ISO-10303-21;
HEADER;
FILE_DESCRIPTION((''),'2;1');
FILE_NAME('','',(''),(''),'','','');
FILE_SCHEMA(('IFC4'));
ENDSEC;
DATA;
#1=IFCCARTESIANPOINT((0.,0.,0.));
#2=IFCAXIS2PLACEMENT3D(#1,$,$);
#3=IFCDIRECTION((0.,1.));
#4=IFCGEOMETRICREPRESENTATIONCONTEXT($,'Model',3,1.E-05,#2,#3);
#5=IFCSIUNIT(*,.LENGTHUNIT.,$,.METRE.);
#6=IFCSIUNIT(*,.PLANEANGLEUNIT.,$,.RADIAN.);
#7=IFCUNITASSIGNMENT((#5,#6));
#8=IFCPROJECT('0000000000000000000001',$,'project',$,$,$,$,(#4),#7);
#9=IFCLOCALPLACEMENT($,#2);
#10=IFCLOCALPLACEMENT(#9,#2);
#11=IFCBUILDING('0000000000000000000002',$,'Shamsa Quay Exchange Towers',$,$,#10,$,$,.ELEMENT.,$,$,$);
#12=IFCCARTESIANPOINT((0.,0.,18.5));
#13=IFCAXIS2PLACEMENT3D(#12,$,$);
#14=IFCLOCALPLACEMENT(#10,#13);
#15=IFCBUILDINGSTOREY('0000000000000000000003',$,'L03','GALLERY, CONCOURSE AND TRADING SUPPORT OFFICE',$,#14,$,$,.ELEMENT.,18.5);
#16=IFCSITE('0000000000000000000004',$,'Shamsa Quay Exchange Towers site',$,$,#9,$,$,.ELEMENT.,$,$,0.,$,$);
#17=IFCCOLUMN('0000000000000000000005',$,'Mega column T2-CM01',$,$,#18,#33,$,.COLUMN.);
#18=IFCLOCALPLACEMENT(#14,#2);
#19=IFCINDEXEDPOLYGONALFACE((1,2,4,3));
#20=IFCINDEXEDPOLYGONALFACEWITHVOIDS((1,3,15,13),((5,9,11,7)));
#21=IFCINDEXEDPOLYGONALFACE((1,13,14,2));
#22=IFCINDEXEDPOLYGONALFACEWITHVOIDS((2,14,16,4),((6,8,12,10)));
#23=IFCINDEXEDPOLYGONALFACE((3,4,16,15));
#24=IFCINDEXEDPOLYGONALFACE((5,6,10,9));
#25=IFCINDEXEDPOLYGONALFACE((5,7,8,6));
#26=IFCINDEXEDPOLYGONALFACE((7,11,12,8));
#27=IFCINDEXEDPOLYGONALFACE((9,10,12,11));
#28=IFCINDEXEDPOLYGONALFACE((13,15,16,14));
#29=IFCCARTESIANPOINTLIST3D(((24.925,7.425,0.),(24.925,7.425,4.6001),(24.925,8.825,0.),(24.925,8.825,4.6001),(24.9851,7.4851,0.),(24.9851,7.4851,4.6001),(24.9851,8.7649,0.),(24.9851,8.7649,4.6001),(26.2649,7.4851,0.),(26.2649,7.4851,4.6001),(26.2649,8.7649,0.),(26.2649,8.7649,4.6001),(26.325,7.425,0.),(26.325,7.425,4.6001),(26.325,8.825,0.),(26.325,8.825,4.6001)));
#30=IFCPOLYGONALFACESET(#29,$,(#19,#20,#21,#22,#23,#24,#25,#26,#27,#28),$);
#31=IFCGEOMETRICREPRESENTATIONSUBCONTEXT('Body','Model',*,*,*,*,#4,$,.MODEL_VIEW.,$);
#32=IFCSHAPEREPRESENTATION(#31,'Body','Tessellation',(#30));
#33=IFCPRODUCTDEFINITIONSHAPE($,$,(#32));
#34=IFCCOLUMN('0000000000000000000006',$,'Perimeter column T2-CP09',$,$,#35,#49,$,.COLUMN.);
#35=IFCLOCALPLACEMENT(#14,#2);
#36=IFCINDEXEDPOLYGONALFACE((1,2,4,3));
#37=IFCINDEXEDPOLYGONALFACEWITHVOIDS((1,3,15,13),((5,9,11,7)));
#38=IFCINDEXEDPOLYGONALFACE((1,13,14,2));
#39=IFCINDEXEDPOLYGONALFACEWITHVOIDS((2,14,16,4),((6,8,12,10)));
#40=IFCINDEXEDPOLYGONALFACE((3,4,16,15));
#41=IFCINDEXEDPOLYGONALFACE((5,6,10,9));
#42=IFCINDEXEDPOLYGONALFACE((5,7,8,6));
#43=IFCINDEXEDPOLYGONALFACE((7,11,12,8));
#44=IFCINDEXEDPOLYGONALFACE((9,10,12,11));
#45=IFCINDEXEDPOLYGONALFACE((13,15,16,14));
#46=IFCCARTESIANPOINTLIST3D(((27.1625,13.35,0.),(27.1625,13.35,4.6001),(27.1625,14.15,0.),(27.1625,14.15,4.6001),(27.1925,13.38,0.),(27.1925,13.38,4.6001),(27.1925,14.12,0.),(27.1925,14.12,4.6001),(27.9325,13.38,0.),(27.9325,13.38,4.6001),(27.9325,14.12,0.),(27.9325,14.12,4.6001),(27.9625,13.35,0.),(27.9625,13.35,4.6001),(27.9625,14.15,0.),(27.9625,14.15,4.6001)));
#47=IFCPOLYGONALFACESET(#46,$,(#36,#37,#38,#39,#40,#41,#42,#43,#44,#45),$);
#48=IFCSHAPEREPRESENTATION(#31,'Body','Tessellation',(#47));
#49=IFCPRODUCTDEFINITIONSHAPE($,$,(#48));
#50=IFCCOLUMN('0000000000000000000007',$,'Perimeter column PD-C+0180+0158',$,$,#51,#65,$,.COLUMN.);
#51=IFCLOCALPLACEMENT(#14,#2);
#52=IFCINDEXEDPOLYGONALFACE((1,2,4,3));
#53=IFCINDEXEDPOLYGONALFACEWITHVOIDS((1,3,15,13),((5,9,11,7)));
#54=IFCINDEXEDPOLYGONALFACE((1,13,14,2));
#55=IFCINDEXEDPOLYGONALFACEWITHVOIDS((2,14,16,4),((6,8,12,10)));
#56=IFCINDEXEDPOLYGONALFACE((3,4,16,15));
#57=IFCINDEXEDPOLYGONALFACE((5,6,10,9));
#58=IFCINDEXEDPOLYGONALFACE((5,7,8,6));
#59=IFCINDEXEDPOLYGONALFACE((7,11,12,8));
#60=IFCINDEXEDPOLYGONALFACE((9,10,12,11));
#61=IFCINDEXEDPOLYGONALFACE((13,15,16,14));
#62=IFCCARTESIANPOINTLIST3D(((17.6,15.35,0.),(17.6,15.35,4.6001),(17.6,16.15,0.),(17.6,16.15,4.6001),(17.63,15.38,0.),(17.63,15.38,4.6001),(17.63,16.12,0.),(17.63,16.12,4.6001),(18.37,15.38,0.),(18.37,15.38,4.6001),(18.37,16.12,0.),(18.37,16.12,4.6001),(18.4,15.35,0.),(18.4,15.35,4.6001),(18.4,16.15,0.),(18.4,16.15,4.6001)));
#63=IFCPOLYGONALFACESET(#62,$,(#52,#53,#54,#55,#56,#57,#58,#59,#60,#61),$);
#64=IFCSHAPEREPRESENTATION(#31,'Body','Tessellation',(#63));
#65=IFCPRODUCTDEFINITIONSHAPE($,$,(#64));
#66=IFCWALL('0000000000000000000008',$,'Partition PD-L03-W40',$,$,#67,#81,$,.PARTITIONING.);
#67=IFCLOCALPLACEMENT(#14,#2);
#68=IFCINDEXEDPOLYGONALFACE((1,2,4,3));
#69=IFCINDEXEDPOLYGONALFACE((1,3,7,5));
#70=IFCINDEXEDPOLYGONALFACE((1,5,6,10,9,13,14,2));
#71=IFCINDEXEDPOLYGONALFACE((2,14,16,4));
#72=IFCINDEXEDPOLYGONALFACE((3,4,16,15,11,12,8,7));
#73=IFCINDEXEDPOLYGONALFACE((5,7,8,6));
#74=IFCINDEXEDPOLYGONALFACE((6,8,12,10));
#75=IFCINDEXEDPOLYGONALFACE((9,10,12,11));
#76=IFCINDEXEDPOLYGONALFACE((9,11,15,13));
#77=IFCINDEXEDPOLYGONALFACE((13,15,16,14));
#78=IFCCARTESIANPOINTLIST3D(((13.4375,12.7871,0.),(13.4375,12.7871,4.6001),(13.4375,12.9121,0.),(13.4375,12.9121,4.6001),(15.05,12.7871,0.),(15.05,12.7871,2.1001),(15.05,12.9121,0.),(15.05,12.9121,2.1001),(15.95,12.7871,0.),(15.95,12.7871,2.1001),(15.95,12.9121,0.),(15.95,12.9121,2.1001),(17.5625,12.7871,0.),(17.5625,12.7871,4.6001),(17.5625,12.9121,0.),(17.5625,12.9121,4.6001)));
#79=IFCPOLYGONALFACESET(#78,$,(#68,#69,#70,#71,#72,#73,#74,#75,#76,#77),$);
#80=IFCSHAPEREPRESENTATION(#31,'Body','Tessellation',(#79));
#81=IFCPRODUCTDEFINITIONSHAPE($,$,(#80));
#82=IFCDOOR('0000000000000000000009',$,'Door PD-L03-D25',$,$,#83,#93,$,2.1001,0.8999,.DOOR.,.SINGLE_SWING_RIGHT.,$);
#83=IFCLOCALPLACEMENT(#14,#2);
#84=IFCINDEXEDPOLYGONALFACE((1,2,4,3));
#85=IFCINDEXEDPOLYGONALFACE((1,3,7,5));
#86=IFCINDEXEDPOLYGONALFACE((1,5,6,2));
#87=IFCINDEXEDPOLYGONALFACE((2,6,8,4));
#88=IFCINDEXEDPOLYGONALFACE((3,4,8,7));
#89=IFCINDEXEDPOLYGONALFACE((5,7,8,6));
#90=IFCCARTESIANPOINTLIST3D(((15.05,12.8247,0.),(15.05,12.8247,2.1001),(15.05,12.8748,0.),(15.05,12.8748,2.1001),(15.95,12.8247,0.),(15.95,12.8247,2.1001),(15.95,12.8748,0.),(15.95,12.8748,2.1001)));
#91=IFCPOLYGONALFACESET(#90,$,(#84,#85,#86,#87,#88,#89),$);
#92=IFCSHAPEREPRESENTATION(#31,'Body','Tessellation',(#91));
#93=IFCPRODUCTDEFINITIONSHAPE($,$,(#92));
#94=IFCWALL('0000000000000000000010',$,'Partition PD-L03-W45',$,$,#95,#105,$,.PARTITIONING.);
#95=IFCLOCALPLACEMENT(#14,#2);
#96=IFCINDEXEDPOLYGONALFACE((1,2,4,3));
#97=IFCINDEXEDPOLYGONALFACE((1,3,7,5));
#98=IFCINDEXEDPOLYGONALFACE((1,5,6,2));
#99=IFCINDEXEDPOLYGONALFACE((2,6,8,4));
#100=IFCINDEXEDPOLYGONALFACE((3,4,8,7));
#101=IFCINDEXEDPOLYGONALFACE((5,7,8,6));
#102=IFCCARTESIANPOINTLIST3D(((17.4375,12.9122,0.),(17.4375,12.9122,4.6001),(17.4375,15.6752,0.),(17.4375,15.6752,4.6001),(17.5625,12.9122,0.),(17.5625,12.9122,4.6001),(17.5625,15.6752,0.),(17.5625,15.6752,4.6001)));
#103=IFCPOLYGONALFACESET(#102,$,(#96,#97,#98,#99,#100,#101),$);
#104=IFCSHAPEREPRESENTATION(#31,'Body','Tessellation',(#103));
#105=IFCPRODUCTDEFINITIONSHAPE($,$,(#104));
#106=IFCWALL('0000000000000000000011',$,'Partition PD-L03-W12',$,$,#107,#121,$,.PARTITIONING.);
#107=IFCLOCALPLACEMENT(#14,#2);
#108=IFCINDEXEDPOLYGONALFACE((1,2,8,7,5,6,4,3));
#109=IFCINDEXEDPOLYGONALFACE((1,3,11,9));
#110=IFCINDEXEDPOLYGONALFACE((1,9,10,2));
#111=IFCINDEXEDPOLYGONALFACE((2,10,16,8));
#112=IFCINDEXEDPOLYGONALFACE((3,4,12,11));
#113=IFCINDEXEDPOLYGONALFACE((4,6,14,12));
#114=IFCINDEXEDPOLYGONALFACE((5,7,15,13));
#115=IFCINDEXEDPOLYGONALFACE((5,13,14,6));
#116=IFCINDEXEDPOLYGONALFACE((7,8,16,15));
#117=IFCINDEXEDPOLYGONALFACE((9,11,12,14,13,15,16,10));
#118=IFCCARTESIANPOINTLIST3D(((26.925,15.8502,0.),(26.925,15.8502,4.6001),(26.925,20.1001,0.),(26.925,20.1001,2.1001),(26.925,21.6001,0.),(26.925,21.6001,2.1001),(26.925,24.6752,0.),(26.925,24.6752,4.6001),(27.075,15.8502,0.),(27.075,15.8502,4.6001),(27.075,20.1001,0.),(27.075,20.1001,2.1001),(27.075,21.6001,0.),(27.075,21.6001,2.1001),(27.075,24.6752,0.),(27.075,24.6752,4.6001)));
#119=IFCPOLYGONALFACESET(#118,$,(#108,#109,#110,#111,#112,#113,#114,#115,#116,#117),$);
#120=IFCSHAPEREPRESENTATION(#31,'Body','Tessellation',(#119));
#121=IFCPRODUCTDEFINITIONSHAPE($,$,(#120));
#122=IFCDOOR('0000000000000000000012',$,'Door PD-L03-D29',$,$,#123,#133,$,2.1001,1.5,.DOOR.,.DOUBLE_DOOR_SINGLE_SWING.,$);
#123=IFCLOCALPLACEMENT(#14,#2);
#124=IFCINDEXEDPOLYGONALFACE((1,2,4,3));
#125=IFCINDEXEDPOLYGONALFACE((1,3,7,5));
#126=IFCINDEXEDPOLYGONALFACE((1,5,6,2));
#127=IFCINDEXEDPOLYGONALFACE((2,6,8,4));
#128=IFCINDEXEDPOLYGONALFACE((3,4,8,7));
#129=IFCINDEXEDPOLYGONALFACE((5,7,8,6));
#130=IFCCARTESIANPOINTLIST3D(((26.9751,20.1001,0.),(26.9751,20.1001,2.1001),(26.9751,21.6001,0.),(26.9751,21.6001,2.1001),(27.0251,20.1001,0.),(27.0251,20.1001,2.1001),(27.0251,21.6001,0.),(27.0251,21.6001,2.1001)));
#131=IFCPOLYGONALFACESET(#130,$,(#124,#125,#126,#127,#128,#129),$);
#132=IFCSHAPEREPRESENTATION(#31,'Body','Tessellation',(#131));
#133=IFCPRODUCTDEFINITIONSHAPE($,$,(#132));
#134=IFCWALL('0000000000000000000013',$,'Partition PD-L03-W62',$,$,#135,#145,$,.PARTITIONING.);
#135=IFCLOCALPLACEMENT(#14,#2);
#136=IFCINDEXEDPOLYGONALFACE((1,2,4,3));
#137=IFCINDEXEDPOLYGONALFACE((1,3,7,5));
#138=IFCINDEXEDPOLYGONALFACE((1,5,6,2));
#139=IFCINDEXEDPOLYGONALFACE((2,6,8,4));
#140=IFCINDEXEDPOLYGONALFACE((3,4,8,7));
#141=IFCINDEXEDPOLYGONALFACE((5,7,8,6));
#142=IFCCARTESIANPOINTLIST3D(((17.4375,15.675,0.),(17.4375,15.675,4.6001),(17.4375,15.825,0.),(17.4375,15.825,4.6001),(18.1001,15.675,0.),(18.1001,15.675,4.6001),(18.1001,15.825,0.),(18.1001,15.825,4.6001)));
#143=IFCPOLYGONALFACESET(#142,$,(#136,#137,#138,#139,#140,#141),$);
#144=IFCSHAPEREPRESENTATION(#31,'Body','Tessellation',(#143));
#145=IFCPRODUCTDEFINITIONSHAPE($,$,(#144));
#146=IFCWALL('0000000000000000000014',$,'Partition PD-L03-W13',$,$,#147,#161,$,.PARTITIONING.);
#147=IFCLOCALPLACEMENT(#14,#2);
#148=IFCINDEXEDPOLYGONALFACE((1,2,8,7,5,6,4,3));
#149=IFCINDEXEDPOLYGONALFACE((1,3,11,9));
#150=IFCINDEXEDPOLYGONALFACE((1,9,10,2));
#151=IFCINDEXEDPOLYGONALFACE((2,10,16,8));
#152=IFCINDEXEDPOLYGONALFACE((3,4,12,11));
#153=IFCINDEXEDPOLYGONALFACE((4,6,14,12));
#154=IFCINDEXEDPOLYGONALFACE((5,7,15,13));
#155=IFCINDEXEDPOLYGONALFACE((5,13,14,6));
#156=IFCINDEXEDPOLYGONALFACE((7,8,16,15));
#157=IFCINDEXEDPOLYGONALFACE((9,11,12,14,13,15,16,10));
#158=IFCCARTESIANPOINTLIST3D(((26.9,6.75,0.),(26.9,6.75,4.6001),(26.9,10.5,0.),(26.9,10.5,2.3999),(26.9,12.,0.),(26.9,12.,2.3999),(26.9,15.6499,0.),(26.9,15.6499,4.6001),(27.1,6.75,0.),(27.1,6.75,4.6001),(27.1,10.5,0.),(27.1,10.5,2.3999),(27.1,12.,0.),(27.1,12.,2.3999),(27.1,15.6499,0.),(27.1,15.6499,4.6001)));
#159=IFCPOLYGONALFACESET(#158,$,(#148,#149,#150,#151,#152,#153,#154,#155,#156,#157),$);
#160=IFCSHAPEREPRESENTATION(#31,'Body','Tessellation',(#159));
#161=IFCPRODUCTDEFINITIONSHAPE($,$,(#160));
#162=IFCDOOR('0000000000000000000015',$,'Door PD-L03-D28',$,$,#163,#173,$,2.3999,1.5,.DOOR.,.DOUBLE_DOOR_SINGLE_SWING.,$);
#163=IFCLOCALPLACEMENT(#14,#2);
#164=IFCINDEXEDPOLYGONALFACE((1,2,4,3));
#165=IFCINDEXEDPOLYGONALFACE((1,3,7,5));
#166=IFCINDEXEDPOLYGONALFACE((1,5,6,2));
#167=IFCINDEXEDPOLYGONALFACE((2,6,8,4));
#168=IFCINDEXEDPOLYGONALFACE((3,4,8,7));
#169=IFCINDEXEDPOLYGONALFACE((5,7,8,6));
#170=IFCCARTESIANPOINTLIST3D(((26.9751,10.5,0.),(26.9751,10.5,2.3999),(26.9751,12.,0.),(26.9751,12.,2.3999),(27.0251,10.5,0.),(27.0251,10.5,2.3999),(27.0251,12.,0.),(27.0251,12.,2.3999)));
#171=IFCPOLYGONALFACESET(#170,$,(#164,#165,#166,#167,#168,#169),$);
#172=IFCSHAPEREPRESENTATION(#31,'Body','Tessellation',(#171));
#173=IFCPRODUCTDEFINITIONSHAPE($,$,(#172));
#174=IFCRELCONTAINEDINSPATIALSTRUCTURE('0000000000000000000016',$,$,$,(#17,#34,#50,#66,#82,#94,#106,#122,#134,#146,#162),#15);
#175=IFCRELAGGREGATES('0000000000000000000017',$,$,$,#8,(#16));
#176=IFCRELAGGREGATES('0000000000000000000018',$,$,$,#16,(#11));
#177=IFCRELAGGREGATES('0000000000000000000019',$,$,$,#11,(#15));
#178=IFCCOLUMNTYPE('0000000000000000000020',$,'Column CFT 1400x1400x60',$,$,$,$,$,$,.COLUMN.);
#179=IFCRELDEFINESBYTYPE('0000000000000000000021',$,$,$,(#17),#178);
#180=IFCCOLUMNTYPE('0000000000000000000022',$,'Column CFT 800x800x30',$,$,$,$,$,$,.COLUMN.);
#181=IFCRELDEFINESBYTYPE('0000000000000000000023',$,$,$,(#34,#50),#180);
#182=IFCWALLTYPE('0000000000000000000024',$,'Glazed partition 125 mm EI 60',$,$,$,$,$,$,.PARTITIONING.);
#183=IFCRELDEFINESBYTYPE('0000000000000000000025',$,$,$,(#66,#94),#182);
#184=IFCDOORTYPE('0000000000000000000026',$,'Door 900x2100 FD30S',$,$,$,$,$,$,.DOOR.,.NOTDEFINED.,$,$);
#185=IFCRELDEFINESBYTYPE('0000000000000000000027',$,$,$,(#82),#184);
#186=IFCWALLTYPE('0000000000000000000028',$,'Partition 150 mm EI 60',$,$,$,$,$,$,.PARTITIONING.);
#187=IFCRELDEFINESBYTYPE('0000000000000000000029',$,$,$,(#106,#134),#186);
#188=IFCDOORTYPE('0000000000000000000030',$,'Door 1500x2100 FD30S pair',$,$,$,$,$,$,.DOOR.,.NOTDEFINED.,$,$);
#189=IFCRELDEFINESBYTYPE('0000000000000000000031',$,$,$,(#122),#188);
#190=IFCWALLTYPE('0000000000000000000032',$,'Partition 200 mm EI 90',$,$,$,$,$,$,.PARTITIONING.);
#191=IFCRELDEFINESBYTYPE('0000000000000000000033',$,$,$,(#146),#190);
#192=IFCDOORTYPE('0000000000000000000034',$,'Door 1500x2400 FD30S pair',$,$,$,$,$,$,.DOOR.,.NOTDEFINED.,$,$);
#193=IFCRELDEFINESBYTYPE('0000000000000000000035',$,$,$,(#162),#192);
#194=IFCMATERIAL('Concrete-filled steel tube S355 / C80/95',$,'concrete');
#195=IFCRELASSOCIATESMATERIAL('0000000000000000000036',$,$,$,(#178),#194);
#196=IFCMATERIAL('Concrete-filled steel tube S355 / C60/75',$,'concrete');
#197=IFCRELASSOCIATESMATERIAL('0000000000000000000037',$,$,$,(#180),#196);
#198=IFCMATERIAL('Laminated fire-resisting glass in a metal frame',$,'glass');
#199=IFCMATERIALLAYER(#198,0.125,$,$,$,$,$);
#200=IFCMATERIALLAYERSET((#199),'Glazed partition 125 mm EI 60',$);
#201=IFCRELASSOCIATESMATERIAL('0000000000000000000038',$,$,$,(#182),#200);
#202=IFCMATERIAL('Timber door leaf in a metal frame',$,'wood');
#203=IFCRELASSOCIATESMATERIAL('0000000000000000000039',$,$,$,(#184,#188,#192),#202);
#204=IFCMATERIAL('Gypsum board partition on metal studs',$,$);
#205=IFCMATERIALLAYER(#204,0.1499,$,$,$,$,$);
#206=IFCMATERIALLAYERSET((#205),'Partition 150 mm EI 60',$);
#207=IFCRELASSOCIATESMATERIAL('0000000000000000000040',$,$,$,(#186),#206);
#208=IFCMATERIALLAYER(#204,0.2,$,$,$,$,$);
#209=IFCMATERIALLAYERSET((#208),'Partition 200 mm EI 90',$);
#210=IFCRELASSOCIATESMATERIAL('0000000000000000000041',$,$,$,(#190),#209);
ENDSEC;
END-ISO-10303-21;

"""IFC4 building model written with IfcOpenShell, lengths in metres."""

from ifc_helpers import new_model, si_unit, direction, frame, frame_2d, origin, origin_2d, place, context, subcontext, project, spatial, rectangle, hollow_rectangle, extrude, material, layer, layer_set, material_profile, profile_set, type_object, element, fill, save


model = new_model("IFC4")

# Units and contexts
model_context = context("Model", 3, precision=1e-05, world=origin(), true_north=direction((0.0, 1.0)))
body_context = subcontext(model_context, "Body", "Model", "MODEL_VIEW")
ifc_project = project(units=[si_unit("LENGTHUNIT", "METRE"), si_unit("PLANEANGLEUNIT", "RADIAN")], contexts=[model_context])

# Site, building, storey
site_placement = place(None, origin())
site = spatial("IfcSite", under=ifc_project, at=site_placement, Name="Shamsa Quay Exchange Towers site", CompositionType="ELEMENT", RefElevation=0.0)
building_placement = place(site_placement, origin())
building = spatial("IfcBuilding", under=site, at=building_placement, Name="Shamsa Quay Exchange Towers", CompositionType="ELEMENT")
storey_placement = place(building_placement, frame((0.0, 0.0, 18.5)))
storey = spatial("IfcBuildingStorey", under=building, at=storey_placement, Name="L03", Description="GALLERY, CONCOURSE AND TRADING SUPPORT OFFICE", CompositionType="ELEMENT", Elevation=18.5)

# Columns
ifc_material_1 = material(Name="Concrete-filled steel tube S355 / C80/95", Category="concrete")
ifc_material_profile_1 = material_profile(ifc_material_1, hollow_rectangle(XDim=1.3999, YDim=1.3999, WallThickness=0.0601, at=origin_2d()), Name="CFT 1400x1400x60")
ifc_profile_set_1 = profile_set([ifc_material_profile_1], Name="Concrete-filled steel tube S355 / C80/95")
column_type_1 = type_object("IfcColumnType", Name="Column CFT 1400x1400x60", PredefinedType="COLUMN", material=ifc_profile_set_1)
column_placement = place(storey_placement, frame((25.625, 8.125, 0.0)))
element("IfcColumn", 1, at=column_placement, inside=storey, type_object=column_type_1, Name="Mega column T2-CM01", PredefinedType="COLUMN", context=body_context, shape_type="SweptSolid", body=[
    extrude(hollow_rectangle(XDim=1.3999, YDim=1.3999, WallThickness=0.0601, at=origin_2d()), origin(), (0.0, 0.0, 1.0), 4.6001),
])
ifc_material_2 = material(Name="Concrete-filled steel tube S355 / C60/75", Category="concrete")
ifc_material_profile_2 = material_profile(ifc_material_2, hollow_rectangle(XDim=0.8, YDim=0.8, WallThickness=0.03, at=origin_2d()), Name="CFT 800x800x30")
ifc_profile_set_2 = profile_set([ifc_material_profile_2], Name="Concrete-filled steel tube S355 / C60/75")
column_type_2 = type_object("IfcColumnType", Name="Column CFT 800x800x30", PredefinedType="COLUMN", material=ifc_profile_set_2)
for number, where, name in (
    (2, (27.5625, 13.75, 0.0), "Perimeter column T2-CP09"),
    (3, (18.0, 15.75, 0.0), "Perimeter column PD-C+0180+0158"),
):
    element("IfcColumn", number, at=place(storey_placement, frame(where)), inside=storey, type_object=column_type_2, Name=name, PredefinedType="COLUMN", context=body_context, shape_type="SweptSolid", body=[
        extrude(hollow_rectangle(XDim=0.8, YDim=0.8, WallThickness=0.03, at=origin_2d()), origin(), (0.0, 0.0, 1.0), 4.6001),
    ])

# Wall, opening, door
ifc_material_3 = material(Name="Laminated fire-resisting glass in a metal frame", Category="glass")
ifc_layer_1 = layer(ifc_material_3, 0.125)
ifc_layer_set_1 = layer_set([ifc_layer_1], Name="Glazed partition 125 mm EI 60")
wall_type_1 = type_object("IfcWallType", Name="Glazed partition 125 mm EI 60", PredefinedType="PARTITIONING", material=ifc_layer_set_1)
wall_1_placement = place(storey_placement, frame((17.5625, 12.8496, 0.0), z_axis=(0.0, 0.0, 1.0), x_axis=(-1.0, 0.0, 0.0)))
wall_1 = element("IfcWall", 4, at=wall_1_placement, inside=storey, type_object=wall_type_1, Name="Partition PD-L03-W40", PredefinedType="PARTITIONING", context=body_context, shape_type="SweptSolid", body=[
    extrude(rectangle(XDim=4.125, YDim=0.125, at=frame_2d((2.0625, 0.0))), origin(), (0.0, 0.0, 1.0), 4.6001),
])
opening_1_placement = place(wall_1_placement, frame((1.6125, 0.0, 0.0)))
opening_1 = element("IfcOpeningElement", 5, at=opening_1_placement, cuts=wall_1, PredefinedType="OPENING", context=body_context, shape_type="SweptSolid", body=[
    extrude(rectangle(XDim=0.8999, YDim=2.1001, at=frame_2d((0.45, 1.05))), frame((0.0, 0.0725, 0.0), z_axis=(0.0, -1.0, 0.0), x_axis=(1.0, 0.0, 0.0)), (0.0, 0.0, 1.0), 0.145),
])
ifc_material_4 = material(Name="Timber door leaf in a metal frame", Category="wood")
door_type_1 = type_object("IfcDoorType", Name="Door 900x2100 FD30S", OperationType="NOTDEFINED", PredefinedType="DOOR", material=ifc_material_4)
door_1_placement = place(opening_1_placement, origin())
door_1 = element("IfcDoor", 6, at=door_1_placement, inside=storey, type_object=door_type_1, Name="Door PD-L03-D25", OperationType="SINGLE_SWING_RIGHT", OverallHeight=2.1001, OverallWidth=0.8999, PredefinedType="DOOR", context=body_context, shape_type="SweptSolid", body=[
    extrude(rectangle(XDim=0.8999, YDim=2.1001, at=frame_2d((0.45, 1.05))), frame((0.0, 0.0249, 0.0), z_axis=(0.0, -1.0, 0.0), x_axis=(1.0, 0.0, 0.0)), (0.0, 0.0, 1.0), 0.05),
])
fill(opening_1, door_1)

# Wall
wall_2_placement = place(storey_placement, frame((17.5, 15.675, 0.0), z_axis=(0.0, 0.0, 1.0), x_axis=(0.0, -1.0, 0.0)))
element("IfcWall", 7, at=wall_2_placement, inside=storey, type_object=wall_type_1, Name="Partition PD-L03-W45", PredefinedType="PARTITIONING", context=body_context, shape_type="SweptSolid", body=[
    extrude(rectangle(XDim=2.7629, YDim=0.125, at=frame_2d((1.3813, 0.0))), origin(), (0.0, 0.0, 1.0), 4.6001),
])

# Wall, opening, door
ifc_material_5 = material(Name="Gypsum board partition on metal studs")
ifc_layer_2 = layer(ifc_material_5, 0.1499)
ifc_layer_set_2 = layer_set([ifc_layer_2], Name="Partition 150 mm EI 60")
wall_type_2 = type_object("IfcWallType", Name="Partition 150 mm EI 60", PredefinedType="PARTITIONING", material=ifc_layer_set_2)
wall_3_placement = place(storey_placement, frame((27.0, 15.8501, 0.0), z_axis=(0.0, 0.0, 1.0), x_axis=(0.0, 1.0, 0.0)))
wall_3 = element("IfcWall", 8, at=wall_3_placement, inside=storey, type_object=wall_type_2, Name="Partition PD-L03-W12", PredefinedType="PARTITIONING", context=body_context, shape_type="SweptSolid", body=[
    extrude(rectangle(XDim=8.825, YDim=0.1499, at=frame_2d((4.4126, 0.0))), origin(), (0.0, 0.0, 1.0), 4.6001),
])
opening_2_placement = place(wall_3_placement, frame((4.25, 0.0, 0.0)))
opening_2 = element("IfcOpeningElement", 9, at=opening_2_placement, cuts=wall_3, PredefinedType="OPENING", context=body_context, shape_type="SweptSolid", body=[
    extrude(rectangle(XDim=1.5, YDim=2.1001, at=frame_2d((0.75, 1.05))), frame((0.0, 0.085, 0.0), z_axis=(0.0, -1.0, 0.0), x_axis=(1.0, 0.0, 0.0)), (0.0, 0.0, 1.0), 0.1699),
])
door_type_2 = type_object("IfcDoorType", Name="Door 1500x2100 FD30S pair", OperationType="NOTDEFINED", PredefinedType="DOOR", material=ifc_material_4)
door_2_placement = place(opening_2_placement, origin())
door_2 = element("IfcDoor", 10, at=door_2_placement, inside=storey, type_object=door_type_2, Name="Door PD-L03-D29", OperationType="DOUBLE_DOOR_SINGLE_SWING", OverallHeight=2.1001, OverallWidth=1.5, PredefinedType="DOOR", context=body_context, shape_type="SweptSolid", body=[
    extrude(rectangle(XDim=1.5, YDim=2.1001, at=frame_2d((0.75, 1.05))), frame((0.0, 0.0249, 0.0), z_axis=(0.0, -1.0, 0.0), x_axis=(1.0, 0.0, 0.0)), (0.0, 0.0, 1.0), 0.05),
])
fill(opening_2, door_2)

# Wall
wall_4_placement = place(storey_placement, frame((17.4375, 15.75, 0.0)))
element("IfcWall", 11, at=wall_4_placement, inside=storey, type_object=wall_type_2, Name="Partition PD-L03-W62", PredefinedType="PARTITIONING", context=body_context, shape_type="SweptSolid", body=[
    extrude(rectangle(XDim=0.6626, YDim=0.1499, at=frame_2d((0.3313, 0.0))), origin(), (0.0, 0.0, 1.0), 4.6001),
])

# Wall, opening, door
ifc_layer_3 = layer(ifc_material_5, 0.2)
ifc_layer_set_3 = layer_set([ifc_layer_3], Name="Partition 200 mm EI 90")
wall_type_3 = type_object("IfcWallType", Name="Partition 200 mm EI 90", PredefinedType="PARTITIONING", material=ifc_layer_set_3)
wall_5_placement = place(storey_placement, frame((27.0, 6.75, 0.0), z_axis=(0.0, 0.0, 1.0), x_axis=(0.0, 1.0, 0.0)))
wall_5 = element("IfcWall", 12, at=wall_5_placement, inside=storey, type_object=wall_type_3, Name="Partition PD-L03-W13", PredefinedType="PARTITIONING", context=body_context, shape_type="SweptSolid", body=[
    extrude(rectangle(XDim=8.8999, YDim=0.2, at=frame_2d((4.45, 0.0))), origin(), (0.0, 0.0, 1.0), 4.6001),
])
opening_3_placement = place(wall_5_placement, frame((3.75, 0.0, 0.0)))
opening_3 = element("IfcOpeningElement", 13, at=opening_3_placement, cuts=wall_5, PredefinedType="OPENING", context=body_context, shape_type="SweptSolid", body=[
    extrude(rectangle(XDim=1.5, YDim=2.3999, at=frame_2d((0.75, 1.2))), frame((0.0, 0.1099, 0.0), z_axis=(0.0, -1.0, 0.0), x_axis=(1.0, 0.0, 0.0)), (0.0, 0.0, 1.0), 0.22),
])
door_type_3 = type_object("IfcDoorType", Name="Door 1500x2400 FD30S pair", OperationType="NOTDEFINED", PredefinedType="DOOR", material=ifc_material_4)
door_3_placement = place(opening_3_placement, origin())
door_3 = element("IfcDoor", 14, at=door_3_placement, inside=storey, type_object=door_type_3, Name="Door PD-L03-D28", OperationType="DOUBLE_DOOR_SINGLE_SWING", OverallHeight=2.3999, OverallWidth=1.5, PredefinedType="DOOR", context=body_context, shape_type="SweptSolid", body=[
    extrude(rectangle(XDim=1.5, YDim=2.3999, at=frame_2d((0.75, 1.2))), frame((0.0, 0.0249, 0.0), z_axis=(0.0, -1.0, 0.0), x_axis=(1.0, 0.0, 0.0)), (0.0, 0.0, 1.0), 0.05),
])
fill(opening_3, door_3)

save(model, "model.ifc")
